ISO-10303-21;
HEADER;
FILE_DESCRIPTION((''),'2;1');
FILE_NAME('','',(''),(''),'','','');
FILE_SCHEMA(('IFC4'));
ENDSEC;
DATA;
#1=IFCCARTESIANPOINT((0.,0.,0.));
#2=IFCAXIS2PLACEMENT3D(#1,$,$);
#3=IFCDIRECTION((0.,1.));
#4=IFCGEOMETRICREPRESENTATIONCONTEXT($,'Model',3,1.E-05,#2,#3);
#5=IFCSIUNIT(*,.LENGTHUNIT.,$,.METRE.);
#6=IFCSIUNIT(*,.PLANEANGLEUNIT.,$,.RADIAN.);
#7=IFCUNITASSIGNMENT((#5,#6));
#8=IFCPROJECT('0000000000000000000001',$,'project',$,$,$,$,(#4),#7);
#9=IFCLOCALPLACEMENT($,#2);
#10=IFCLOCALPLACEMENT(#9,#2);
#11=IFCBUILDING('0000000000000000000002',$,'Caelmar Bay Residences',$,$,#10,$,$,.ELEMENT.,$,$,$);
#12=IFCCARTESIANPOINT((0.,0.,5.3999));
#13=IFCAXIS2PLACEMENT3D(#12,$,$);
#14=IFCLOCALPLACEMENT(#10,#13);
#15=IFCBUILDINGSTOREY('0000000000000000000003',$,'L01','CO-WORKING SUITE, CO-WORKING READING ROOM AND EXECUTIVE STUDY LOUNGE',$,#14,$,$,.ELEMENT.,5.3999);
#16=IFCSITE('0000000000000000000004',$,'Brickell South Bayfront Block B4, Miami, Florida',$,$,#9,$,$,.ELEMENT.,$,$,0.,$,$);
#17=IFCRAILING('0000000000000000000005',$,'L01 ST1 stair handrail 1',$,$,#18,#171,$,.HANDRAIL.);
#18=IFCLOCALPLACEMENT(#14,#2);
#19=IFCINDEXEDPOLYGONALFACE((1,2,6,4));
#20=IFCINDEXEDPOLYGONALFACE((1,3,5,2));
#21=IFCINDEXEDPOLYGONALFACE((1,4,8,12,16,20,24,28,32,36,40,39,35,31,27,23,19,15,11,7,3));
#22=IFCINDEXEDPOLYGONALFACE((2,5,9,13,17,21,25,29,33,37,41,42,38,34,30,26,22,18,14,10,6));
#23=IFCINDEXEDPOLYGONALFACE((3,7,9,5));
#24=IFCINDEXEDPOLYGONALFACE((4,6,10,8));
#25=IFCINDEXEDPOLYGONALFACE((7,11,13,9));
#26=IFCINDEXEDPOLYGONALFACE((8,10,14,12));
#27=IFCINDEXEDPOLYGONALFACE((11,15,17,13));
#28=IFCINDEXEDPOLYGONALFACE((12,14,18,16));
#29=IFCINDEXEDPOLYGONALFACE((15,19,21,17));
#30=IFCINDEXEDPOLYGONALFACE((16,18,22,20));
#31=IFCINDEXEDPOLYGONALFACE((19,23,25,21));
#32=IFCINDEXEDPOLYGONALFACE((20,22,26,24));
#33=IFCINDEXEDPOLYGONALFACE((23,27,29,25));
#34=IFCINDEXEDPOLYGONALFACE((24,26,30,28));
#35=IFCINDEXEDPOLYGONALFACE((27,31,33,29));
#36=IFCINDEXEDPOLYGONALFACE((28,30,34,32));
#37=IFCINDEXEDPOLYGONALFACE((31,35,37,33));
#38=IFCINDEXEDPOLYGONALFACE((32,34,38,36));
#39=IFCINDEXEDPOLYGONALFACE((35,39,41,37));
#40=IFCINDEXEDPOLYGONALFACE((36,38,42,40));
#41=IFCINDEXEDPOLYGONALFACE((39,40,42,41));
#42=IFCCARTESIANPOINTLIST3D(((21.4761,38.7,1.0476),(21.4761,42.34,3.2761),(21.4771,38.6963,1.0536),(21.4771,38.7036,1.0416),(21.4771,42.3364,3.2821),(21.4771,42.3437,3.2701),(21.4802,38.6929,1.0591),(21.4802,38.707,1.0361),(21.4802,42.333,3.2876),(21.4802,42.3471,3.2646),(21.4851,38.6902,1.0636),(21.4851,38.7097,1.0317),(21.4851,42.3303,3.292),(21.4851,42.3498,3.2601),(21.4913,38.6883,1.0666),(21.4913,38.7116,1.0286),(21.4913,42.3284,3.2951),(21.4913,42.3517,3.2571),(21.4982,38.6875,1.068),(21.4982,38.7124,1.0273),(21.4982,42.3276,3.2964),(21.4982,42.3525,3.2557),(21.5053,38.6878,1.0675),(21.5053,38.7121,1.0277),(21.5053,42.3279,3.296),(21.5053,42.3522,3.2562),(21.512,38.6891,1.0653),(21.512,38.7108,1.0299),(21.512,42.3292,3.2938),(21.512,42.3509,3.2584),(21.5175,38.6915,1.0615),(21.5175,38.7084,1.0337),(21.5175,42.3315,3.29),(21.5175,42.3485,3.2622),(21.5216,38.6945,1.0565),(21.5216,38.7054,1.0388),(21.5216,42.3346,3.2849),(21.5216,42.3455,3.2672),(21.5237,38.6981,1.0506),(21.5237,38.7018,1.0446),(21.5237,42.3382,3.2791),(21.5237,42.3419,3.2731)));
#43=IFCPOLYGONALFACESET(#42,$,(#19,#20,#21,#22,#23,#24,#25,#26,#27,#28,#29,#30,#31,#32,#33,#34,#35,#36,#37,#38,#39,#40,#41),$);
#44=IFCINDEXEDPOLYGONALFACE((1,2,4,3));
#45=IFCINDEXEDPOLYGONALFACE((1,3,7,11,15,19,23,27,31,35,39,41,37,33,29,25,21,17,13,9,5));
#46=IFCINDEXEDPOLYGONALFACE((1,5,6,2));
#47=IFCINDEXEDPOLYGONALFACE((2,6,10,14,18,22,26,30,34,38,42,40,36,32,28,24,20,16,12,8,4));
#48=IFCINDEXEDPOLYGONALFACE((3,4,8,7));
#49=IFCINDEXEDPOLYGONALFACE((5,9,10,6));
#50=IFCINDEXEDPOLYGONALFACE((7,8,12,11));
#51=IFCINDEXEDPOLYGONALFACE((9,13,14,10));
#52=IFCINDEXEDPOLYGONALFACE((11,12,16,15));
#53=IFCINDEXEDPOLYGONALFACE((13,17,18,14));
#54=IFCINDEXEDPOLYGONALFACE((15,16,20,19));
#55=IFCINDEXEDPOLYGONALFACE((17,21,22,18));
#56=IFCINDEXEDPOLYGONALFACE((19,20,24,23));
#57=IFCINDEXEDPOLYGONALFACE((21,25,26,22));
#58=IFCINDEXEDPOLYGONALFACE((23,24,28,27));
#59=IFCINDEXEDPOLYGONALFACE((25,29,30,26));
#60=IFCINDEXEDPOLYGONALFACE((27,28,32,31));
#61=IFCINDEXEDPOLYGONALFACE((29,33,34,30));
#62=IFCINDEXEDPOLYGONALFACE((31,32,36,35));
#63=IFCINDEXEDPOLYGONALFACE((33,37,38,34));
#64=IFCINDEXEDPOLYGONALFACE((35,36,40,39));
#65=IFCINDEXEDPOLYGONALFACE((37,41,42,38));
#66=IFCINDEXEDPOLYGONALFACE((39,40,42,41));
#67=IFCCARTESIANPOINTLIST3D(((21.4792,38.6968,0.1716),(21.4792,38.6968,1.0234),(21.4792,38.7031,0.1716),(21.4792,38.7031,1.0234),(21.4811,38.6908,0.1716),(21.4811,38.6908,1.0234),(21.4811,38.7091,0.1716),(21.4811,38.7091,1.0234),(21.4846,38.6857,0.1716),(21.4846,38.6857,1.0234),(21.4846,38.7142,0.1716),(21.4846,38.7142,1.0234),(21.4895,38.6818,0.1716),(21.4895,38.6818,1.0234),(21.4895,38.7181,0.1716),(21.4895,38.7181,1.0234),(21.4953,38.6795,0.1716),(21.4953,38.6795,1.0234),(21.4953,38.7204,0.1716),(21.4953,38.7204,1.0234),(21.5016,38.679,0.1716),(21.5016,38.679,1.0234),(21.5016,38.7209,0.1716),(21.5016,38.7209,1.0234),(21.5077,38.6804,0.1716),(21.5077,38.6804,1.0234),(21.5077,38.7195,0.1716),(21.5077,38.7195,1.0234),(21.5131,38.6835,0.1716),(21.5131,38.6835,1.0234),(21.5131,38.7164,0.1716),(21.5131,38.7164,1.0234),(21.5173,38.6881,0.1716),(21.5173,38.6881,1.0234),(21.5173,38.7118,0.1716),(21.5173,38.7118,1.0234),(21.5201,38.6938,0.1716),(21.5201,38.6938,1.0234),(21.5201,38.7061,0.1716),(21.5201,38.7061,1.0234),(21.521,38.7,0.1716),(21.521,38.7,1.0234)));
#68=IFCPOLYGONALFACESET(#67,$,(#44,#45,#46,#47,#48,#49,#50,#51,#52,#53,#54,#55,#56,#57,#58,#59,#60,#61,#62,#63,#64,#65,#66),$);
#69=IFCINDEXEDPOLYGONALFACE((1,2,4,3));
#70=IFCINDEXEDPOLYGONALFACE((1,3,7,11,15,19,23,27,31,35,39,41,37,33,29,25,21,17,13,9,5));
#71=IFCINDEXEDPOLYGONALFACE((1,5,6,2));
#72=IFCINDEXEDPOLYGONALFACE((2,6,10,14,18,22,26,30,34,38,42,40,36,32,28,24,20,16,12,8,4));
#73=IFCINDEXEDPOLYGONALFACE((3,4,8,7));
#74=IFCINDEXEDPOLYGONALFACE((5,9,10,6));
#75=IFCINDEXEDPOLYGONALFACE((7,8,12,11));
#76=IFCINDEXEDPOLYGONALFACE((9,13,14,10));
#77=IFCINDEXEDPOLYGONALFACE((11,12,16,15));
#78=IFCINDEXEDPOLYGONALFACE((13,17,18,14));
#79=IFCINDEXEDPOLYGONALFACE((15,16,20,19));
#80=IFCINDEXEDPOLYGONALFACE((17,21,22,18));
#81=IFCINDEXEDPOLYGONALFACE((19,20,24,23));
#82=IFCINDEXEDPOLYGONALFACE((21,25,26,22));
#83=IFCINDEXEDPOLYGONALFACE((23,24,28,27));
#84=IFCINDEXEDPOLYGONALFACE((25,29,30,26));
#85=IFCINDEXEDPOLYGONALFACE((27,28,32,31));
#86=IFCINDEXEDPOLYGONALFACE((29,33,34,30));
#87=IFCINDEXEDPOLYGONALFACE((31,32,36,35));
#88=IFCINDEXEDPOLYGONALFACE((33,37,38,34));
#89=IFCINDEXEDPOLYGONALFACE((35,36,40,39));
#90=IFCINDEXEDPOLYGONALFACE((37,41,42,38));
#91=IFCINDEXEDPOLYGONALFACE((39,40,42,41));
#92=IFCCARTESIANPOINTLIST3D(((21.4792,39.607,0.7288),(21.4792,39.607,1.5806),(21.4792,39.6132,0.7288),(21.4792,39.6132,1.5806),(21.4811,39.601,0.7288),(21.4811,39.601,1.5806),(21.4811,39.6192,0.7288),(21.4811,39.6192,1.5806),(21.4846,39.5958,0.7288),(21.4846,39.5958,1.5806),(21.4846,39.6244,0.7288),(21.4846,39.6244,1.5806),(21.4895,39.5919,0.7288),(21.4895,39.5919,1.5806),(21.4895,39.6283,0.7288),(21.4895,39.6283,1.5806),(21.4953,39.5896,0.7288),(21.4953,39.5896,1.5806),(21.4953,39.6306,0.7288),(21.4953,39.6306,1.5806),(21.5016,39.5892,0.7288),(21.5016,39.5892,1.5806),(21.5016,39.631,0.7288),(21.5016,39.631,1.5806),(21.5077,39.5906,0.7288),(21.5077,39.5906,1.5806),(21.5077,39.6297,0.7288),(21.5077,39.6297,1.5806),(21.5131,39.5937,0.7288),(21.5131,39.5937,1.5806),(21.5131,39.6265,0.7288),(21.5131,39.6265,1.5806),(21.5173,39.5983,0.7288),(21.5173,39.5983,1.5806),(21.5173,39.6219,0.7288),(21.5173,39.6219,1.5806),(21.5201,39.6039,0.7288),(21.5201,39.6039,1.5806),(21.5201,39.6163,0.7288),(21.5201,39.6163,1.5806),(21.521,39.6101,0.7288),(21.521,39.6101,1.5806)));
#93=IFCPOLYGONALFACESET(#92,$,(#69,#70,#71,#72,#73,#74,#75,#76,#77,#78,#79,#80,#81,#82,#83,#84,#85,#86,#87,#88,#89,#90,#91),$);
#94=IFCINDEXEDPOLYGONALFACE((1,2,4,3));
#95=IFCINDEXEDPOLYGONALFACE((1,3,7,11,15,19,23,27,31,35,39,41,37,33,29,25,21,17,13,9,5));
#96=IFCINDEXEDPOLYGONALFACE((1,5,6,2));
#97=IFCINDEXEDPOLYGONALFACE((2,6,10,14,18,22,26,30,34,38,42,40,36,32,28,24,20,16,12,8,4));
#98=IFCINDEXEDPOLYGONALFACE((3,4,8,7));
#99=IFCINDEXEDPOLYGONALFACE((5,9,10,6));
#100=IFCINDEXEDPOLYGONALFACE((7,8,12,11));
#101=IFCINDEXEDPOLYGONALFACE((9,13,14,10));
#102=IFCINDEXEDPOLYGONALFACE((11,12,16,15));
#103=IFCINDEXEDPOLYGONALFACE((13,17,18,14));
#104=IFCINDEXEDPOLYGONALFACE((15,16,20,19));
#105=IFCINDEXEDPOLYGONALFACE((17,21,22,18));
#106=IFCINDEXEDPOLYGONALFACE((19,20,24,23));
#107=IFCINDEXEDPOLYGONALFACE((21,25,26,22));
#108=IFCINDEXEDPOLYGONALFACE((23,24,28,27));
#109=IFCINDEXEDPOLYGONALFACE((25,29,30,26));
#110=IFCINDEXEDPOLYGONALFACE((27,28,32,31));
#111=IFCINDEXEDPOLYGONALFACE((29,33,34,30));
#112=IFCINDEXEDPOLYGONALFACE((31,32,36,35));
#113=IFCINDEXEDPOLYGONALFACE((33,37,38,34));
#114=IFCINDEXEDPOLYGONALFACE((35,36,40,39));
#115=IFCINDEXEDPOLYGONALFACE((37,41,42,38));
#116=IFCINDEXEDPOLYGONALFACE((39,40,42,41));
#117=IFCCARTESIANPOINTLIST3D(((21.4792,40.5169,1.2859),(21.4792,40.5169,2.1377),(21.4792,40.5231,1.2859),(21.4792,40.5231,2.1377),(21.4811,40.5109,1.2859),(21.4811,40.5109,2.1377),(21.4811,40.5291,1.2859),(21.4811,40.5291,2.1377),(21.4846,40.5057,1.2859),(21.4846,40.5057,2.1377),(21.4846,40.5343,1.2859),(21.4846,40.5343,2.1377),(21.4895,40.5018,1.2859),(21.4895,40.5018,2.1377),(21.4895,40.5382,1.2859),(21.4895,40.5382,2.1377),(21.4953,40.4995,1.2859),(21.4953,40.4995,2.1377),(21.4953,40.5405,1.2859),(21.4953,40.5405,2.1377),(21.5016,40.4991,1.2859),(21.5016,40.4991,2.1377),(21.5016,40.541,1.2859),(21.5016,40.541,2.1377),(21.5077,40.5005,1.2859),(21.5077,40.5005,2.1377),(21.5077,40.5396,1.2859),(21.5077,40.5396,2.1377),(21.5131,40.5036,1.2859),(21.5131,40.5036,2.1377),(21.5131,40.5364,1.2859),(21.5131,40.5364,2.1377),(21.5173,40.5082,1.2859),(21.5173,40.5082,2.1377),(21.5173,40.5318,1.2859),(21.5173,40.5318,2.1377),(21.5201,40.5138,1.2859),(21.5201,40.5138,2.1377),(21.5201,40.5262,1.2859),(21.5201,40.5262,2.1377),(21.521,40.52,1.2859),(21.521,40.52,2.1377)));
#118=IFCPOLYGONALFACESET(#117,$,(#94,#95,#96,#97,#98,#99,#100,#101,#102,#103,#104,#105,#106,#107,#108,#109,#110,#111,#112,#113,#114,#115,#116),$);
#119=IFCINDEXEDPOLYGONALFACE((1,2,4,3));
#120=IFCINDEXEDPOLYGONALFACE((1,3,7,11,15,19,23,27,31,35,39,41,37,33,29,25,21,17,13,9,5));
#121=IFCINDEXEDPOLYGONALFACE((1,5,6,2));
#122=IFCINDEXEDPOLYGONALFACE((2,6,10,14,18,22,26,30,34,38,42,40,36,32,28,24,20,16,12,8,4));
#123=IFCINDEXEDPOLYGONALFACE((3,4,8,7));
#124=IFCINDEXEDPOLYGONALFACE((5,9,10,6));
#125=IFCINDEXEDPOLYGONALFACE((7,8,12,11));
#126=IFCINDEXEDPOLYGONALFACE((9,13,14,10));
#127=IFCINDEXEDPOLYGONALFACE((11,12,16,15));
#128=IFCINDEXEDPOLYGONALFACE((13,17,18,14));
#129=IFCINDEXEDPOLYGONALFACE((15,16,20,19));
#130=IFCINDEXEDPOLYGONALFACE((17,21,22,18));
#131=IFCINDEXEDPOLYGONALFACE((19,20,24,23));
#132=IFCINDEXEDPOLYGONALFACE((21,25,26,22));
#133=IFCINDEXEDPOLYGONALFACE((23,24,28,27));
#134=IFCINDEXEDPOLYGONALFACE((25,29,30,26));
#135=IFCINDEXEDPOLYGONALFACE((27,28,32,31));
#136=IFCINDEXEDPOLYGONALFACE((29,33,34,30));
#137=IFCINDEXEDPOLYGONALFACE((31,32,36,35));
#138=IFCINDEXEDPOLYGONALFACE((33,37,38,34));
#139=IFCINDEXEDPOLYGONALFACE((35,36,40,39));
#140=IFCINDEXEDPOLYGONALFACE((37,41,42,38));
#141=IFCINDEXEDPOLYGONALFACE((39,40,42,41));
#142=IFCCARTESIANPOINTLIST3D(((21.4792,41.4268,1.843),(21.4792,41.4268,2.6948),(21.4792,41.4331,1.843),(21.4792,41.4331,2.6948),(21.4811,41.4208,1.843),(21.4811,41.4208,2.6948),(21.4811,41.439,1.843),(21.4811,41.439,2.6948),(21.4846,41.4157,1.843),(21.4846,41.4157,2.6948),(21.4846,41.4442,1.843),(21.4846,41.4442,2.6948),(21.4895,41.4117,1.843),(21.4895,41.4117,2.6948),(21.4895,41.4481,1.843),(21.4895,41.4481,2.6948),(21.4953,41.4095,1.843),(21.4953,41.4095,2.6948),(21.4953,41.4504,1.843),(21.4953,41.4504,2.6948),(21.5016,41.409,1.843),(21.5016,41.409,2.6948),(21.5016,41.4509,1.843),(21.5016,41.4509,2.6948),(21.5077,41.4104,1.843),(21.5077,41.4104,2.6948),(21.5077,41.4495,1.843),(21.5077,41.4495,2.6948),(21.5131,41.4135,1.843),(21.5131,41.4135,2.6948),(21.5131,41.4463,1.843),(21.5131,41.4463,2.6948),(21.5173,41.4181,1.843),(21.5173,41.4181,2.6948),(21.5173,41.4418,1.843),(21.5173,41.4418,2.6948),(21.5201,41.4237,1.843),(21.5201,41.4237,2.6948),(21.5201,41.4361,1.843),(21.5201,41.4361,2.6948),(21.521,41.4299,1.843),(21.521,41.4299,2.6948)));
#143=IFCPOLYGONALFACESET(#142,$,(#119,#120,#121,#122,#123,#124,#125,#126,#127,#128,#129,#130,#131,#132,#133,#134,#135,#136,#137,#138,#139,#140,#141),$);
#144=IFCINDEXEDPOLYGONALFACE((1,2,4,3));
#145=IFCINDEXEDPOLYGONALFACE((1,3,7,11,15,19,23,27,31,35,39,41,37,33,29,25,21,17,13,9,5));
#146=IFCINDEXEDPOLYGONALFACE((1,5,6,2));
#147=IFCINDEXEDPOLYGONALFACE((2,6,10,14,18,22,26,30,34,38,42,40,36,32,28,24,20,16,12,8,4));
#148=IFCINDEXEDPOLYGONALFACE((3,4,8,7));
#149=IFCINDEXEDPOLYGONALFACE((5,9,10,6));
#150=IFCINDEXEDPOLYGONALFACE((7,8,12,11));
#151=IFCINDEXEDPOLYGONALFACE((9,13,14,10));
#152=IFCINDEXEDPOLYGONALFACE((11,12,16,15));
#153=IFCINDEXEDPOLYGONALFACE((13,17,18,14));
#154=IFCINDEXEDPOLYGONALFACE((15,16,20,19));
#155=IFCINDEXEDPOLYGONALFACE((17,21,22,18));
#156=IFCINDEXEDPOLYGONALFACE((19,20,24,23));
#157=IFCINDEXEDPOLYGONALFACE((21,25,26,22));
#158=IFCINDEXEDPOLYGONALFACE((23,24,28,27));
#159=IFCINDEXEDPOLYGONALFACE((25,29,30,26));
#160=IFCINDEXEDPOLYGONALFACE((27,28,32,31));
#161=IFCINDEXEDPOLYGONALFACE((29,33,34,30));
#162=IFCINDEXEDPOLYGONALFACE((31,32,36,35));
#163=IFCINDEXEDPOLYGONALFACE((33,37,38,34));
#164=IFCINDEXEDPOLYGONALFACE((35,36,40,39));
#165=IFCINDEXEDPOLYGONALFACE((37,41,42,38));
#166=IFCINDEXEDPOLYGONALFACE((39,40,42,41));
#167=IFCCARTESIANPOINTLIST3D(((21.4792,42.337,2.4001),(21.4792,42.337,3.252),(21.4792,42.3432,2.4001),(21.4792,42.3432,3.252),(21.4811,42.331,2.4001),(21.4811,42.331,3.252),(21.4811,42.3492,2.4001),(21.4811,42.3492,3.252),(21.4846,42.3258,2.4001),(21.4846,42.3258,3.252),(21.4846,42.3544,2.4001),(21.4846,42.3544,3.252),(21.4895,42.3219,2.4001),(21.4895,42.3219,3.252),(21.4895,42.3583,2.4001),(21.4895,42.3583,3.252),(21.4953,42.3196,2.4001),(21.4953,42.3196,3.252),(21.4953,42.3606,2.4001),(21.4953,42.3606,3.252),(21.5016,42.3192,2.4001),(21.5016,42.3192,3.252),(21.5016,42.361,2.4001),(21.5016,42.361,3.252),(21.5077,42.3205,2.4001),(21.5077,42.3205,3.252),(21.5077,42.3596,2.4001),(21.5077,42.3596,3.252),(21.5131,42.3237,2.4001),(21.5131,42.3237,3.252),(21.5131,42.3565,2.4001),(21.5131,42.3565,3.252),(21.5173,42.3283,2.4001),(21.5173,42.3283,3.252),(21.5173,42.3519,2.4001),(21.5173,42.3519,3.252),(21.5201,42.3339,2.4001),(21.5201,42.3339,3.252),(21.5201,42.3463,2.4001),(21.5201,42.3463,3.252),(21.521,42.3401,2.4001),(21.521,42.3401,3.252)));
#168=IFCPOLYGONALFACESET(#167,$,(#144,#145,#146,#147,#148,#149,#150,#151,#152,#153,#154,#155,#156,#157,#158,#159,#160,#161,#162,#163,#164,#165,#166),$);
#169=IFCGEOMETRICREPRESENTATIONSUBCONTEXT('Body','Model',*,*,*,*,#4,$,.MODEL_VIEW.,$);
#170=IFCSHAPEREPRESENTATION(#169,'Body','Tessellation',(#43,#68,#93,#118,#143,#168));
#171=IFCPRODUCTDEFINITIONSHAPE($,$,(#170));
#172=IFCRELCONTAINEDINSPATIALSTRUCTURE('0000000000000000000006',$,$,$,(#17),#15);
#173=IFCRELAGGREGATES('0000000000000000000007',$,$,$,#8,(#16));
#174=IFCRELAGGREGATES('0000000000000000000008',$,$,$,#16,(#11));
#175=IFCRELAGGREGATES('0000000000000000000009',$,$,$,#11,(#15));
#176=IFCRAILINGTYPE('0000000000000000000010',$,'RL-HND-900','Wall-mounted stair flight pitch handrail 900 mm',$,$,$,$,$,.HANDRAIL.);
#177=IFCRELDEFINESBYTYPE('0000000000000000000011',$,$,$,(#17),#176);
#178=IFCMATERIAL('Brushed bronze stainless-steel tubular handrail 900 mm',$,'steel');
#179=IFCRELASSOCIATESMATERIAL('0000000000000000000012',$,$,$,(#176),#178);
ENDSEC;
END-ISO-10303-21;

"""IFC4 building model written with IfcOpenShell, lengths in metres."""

from ifc_helpers import new_model, si_unit, direction, frame, origin, origin_2d, place, context, subcontext, project, spatial, circle, extrude, material, type_object, element, save


model = new_model("IFC4")

# Units and contexts
model_context = context("Model", 3, precision=1e-05, world=origin(), true_north=direction((0.0, 1.0)))
body_context = subcontext(model_context, "Body", "Model", "MODEL_VIEW")
ifc_project = project(units=[si_unit("LENGTHUNIT", "METRE"), si_unit("PLANEANGLEUNIT", "RADIAN")], contexts=[model_context])

# Site, building, storey
site_placement = place(None, origin())
site = spatial("IfcSite", under=ifc_project, at=site_placement, Name="Brickell South Bayfront Block B4, Miami, Florida", CompositionType="ELEMENT", RefElevation=0.0)
building_placement = place(site_placement, origin())
building = spatial("IfcBuilding", under=site, at=building_placement, Name="Caelmar Bay Residences", CompositionType="ELEMENT")
storey_placement = place(building_placement, frame((0.0, 0.0, 5.3999)))
storey = spatial("IfcBuildingStorey", under=building, at=storey_placement, Name="L01", Description="CO-WORKING SUITE, CO-WORKING READING ROOM AND EXECUTIVE STUDY LOUNGE", CompositionType="ELEMENT", Elevation=5.3999)

# Railing
ifc_material_1 = material(Name="Brushed bronze stainless-steel tubular handrail 900 mm", Category="steel")
railing_type_1 = type_object("IfcRailingType", Name="RL-HND-900", Description="Wall-mounted stair flight pitch handrail 900 mm", PredefinedType="HANDRAIL", material=ifc_material_1)
railing_1_placement = place(storey_placement, frame((21.5, 38.7, 0.1716)))
element("IfcRailing", 1, at=railing_1_placement, inside=storey, type_object=railing_type_1, Name="L01 ST1 stair handrail 1", PredefinedType="HANDRAIL", context=body_context, shape_type="SweptSolid", body=[
    extrude(circle(Radius=0.0239, at=origin_2d()), frame((0.0, 0.0, 0.876), z_axis=(0.0, 0.852866, 0.52213), x_axis=(-1.0, 0.0, 0.0)), (0.0, 0.0, 1.0), 4.2681),
    extrude(circle(Radius=0.021, at=origin_2d()), origin(), (0.0, 0.0, 1.0), 0.8518),
    extrude(circle(Radius=0.021, at=origin_2d()), frame((0.0, 0.9102, 0.5571)), (0.0, 0.0, 1.0), 0.8518),
    extrude(circle(Radius=0.021, at=origin_2d()), frame((0.0, 1.8201, 1.1143)), (0.0, 0.0, 1.0), 0.8518),
    extrude(circle(Radius=0.021, at=origin_2d()), frame((0.0, 2.73, 1.6714)), (0.0, 0.0, 1.0), 0.8518),
    extrude(circle(Radius=0.021, at=origin_2d()), frame((0.0, 3.6401, 2.2285)), (0.0, 0.0, 1.0), 0.8518),
])

save(model, "model.ifc")
